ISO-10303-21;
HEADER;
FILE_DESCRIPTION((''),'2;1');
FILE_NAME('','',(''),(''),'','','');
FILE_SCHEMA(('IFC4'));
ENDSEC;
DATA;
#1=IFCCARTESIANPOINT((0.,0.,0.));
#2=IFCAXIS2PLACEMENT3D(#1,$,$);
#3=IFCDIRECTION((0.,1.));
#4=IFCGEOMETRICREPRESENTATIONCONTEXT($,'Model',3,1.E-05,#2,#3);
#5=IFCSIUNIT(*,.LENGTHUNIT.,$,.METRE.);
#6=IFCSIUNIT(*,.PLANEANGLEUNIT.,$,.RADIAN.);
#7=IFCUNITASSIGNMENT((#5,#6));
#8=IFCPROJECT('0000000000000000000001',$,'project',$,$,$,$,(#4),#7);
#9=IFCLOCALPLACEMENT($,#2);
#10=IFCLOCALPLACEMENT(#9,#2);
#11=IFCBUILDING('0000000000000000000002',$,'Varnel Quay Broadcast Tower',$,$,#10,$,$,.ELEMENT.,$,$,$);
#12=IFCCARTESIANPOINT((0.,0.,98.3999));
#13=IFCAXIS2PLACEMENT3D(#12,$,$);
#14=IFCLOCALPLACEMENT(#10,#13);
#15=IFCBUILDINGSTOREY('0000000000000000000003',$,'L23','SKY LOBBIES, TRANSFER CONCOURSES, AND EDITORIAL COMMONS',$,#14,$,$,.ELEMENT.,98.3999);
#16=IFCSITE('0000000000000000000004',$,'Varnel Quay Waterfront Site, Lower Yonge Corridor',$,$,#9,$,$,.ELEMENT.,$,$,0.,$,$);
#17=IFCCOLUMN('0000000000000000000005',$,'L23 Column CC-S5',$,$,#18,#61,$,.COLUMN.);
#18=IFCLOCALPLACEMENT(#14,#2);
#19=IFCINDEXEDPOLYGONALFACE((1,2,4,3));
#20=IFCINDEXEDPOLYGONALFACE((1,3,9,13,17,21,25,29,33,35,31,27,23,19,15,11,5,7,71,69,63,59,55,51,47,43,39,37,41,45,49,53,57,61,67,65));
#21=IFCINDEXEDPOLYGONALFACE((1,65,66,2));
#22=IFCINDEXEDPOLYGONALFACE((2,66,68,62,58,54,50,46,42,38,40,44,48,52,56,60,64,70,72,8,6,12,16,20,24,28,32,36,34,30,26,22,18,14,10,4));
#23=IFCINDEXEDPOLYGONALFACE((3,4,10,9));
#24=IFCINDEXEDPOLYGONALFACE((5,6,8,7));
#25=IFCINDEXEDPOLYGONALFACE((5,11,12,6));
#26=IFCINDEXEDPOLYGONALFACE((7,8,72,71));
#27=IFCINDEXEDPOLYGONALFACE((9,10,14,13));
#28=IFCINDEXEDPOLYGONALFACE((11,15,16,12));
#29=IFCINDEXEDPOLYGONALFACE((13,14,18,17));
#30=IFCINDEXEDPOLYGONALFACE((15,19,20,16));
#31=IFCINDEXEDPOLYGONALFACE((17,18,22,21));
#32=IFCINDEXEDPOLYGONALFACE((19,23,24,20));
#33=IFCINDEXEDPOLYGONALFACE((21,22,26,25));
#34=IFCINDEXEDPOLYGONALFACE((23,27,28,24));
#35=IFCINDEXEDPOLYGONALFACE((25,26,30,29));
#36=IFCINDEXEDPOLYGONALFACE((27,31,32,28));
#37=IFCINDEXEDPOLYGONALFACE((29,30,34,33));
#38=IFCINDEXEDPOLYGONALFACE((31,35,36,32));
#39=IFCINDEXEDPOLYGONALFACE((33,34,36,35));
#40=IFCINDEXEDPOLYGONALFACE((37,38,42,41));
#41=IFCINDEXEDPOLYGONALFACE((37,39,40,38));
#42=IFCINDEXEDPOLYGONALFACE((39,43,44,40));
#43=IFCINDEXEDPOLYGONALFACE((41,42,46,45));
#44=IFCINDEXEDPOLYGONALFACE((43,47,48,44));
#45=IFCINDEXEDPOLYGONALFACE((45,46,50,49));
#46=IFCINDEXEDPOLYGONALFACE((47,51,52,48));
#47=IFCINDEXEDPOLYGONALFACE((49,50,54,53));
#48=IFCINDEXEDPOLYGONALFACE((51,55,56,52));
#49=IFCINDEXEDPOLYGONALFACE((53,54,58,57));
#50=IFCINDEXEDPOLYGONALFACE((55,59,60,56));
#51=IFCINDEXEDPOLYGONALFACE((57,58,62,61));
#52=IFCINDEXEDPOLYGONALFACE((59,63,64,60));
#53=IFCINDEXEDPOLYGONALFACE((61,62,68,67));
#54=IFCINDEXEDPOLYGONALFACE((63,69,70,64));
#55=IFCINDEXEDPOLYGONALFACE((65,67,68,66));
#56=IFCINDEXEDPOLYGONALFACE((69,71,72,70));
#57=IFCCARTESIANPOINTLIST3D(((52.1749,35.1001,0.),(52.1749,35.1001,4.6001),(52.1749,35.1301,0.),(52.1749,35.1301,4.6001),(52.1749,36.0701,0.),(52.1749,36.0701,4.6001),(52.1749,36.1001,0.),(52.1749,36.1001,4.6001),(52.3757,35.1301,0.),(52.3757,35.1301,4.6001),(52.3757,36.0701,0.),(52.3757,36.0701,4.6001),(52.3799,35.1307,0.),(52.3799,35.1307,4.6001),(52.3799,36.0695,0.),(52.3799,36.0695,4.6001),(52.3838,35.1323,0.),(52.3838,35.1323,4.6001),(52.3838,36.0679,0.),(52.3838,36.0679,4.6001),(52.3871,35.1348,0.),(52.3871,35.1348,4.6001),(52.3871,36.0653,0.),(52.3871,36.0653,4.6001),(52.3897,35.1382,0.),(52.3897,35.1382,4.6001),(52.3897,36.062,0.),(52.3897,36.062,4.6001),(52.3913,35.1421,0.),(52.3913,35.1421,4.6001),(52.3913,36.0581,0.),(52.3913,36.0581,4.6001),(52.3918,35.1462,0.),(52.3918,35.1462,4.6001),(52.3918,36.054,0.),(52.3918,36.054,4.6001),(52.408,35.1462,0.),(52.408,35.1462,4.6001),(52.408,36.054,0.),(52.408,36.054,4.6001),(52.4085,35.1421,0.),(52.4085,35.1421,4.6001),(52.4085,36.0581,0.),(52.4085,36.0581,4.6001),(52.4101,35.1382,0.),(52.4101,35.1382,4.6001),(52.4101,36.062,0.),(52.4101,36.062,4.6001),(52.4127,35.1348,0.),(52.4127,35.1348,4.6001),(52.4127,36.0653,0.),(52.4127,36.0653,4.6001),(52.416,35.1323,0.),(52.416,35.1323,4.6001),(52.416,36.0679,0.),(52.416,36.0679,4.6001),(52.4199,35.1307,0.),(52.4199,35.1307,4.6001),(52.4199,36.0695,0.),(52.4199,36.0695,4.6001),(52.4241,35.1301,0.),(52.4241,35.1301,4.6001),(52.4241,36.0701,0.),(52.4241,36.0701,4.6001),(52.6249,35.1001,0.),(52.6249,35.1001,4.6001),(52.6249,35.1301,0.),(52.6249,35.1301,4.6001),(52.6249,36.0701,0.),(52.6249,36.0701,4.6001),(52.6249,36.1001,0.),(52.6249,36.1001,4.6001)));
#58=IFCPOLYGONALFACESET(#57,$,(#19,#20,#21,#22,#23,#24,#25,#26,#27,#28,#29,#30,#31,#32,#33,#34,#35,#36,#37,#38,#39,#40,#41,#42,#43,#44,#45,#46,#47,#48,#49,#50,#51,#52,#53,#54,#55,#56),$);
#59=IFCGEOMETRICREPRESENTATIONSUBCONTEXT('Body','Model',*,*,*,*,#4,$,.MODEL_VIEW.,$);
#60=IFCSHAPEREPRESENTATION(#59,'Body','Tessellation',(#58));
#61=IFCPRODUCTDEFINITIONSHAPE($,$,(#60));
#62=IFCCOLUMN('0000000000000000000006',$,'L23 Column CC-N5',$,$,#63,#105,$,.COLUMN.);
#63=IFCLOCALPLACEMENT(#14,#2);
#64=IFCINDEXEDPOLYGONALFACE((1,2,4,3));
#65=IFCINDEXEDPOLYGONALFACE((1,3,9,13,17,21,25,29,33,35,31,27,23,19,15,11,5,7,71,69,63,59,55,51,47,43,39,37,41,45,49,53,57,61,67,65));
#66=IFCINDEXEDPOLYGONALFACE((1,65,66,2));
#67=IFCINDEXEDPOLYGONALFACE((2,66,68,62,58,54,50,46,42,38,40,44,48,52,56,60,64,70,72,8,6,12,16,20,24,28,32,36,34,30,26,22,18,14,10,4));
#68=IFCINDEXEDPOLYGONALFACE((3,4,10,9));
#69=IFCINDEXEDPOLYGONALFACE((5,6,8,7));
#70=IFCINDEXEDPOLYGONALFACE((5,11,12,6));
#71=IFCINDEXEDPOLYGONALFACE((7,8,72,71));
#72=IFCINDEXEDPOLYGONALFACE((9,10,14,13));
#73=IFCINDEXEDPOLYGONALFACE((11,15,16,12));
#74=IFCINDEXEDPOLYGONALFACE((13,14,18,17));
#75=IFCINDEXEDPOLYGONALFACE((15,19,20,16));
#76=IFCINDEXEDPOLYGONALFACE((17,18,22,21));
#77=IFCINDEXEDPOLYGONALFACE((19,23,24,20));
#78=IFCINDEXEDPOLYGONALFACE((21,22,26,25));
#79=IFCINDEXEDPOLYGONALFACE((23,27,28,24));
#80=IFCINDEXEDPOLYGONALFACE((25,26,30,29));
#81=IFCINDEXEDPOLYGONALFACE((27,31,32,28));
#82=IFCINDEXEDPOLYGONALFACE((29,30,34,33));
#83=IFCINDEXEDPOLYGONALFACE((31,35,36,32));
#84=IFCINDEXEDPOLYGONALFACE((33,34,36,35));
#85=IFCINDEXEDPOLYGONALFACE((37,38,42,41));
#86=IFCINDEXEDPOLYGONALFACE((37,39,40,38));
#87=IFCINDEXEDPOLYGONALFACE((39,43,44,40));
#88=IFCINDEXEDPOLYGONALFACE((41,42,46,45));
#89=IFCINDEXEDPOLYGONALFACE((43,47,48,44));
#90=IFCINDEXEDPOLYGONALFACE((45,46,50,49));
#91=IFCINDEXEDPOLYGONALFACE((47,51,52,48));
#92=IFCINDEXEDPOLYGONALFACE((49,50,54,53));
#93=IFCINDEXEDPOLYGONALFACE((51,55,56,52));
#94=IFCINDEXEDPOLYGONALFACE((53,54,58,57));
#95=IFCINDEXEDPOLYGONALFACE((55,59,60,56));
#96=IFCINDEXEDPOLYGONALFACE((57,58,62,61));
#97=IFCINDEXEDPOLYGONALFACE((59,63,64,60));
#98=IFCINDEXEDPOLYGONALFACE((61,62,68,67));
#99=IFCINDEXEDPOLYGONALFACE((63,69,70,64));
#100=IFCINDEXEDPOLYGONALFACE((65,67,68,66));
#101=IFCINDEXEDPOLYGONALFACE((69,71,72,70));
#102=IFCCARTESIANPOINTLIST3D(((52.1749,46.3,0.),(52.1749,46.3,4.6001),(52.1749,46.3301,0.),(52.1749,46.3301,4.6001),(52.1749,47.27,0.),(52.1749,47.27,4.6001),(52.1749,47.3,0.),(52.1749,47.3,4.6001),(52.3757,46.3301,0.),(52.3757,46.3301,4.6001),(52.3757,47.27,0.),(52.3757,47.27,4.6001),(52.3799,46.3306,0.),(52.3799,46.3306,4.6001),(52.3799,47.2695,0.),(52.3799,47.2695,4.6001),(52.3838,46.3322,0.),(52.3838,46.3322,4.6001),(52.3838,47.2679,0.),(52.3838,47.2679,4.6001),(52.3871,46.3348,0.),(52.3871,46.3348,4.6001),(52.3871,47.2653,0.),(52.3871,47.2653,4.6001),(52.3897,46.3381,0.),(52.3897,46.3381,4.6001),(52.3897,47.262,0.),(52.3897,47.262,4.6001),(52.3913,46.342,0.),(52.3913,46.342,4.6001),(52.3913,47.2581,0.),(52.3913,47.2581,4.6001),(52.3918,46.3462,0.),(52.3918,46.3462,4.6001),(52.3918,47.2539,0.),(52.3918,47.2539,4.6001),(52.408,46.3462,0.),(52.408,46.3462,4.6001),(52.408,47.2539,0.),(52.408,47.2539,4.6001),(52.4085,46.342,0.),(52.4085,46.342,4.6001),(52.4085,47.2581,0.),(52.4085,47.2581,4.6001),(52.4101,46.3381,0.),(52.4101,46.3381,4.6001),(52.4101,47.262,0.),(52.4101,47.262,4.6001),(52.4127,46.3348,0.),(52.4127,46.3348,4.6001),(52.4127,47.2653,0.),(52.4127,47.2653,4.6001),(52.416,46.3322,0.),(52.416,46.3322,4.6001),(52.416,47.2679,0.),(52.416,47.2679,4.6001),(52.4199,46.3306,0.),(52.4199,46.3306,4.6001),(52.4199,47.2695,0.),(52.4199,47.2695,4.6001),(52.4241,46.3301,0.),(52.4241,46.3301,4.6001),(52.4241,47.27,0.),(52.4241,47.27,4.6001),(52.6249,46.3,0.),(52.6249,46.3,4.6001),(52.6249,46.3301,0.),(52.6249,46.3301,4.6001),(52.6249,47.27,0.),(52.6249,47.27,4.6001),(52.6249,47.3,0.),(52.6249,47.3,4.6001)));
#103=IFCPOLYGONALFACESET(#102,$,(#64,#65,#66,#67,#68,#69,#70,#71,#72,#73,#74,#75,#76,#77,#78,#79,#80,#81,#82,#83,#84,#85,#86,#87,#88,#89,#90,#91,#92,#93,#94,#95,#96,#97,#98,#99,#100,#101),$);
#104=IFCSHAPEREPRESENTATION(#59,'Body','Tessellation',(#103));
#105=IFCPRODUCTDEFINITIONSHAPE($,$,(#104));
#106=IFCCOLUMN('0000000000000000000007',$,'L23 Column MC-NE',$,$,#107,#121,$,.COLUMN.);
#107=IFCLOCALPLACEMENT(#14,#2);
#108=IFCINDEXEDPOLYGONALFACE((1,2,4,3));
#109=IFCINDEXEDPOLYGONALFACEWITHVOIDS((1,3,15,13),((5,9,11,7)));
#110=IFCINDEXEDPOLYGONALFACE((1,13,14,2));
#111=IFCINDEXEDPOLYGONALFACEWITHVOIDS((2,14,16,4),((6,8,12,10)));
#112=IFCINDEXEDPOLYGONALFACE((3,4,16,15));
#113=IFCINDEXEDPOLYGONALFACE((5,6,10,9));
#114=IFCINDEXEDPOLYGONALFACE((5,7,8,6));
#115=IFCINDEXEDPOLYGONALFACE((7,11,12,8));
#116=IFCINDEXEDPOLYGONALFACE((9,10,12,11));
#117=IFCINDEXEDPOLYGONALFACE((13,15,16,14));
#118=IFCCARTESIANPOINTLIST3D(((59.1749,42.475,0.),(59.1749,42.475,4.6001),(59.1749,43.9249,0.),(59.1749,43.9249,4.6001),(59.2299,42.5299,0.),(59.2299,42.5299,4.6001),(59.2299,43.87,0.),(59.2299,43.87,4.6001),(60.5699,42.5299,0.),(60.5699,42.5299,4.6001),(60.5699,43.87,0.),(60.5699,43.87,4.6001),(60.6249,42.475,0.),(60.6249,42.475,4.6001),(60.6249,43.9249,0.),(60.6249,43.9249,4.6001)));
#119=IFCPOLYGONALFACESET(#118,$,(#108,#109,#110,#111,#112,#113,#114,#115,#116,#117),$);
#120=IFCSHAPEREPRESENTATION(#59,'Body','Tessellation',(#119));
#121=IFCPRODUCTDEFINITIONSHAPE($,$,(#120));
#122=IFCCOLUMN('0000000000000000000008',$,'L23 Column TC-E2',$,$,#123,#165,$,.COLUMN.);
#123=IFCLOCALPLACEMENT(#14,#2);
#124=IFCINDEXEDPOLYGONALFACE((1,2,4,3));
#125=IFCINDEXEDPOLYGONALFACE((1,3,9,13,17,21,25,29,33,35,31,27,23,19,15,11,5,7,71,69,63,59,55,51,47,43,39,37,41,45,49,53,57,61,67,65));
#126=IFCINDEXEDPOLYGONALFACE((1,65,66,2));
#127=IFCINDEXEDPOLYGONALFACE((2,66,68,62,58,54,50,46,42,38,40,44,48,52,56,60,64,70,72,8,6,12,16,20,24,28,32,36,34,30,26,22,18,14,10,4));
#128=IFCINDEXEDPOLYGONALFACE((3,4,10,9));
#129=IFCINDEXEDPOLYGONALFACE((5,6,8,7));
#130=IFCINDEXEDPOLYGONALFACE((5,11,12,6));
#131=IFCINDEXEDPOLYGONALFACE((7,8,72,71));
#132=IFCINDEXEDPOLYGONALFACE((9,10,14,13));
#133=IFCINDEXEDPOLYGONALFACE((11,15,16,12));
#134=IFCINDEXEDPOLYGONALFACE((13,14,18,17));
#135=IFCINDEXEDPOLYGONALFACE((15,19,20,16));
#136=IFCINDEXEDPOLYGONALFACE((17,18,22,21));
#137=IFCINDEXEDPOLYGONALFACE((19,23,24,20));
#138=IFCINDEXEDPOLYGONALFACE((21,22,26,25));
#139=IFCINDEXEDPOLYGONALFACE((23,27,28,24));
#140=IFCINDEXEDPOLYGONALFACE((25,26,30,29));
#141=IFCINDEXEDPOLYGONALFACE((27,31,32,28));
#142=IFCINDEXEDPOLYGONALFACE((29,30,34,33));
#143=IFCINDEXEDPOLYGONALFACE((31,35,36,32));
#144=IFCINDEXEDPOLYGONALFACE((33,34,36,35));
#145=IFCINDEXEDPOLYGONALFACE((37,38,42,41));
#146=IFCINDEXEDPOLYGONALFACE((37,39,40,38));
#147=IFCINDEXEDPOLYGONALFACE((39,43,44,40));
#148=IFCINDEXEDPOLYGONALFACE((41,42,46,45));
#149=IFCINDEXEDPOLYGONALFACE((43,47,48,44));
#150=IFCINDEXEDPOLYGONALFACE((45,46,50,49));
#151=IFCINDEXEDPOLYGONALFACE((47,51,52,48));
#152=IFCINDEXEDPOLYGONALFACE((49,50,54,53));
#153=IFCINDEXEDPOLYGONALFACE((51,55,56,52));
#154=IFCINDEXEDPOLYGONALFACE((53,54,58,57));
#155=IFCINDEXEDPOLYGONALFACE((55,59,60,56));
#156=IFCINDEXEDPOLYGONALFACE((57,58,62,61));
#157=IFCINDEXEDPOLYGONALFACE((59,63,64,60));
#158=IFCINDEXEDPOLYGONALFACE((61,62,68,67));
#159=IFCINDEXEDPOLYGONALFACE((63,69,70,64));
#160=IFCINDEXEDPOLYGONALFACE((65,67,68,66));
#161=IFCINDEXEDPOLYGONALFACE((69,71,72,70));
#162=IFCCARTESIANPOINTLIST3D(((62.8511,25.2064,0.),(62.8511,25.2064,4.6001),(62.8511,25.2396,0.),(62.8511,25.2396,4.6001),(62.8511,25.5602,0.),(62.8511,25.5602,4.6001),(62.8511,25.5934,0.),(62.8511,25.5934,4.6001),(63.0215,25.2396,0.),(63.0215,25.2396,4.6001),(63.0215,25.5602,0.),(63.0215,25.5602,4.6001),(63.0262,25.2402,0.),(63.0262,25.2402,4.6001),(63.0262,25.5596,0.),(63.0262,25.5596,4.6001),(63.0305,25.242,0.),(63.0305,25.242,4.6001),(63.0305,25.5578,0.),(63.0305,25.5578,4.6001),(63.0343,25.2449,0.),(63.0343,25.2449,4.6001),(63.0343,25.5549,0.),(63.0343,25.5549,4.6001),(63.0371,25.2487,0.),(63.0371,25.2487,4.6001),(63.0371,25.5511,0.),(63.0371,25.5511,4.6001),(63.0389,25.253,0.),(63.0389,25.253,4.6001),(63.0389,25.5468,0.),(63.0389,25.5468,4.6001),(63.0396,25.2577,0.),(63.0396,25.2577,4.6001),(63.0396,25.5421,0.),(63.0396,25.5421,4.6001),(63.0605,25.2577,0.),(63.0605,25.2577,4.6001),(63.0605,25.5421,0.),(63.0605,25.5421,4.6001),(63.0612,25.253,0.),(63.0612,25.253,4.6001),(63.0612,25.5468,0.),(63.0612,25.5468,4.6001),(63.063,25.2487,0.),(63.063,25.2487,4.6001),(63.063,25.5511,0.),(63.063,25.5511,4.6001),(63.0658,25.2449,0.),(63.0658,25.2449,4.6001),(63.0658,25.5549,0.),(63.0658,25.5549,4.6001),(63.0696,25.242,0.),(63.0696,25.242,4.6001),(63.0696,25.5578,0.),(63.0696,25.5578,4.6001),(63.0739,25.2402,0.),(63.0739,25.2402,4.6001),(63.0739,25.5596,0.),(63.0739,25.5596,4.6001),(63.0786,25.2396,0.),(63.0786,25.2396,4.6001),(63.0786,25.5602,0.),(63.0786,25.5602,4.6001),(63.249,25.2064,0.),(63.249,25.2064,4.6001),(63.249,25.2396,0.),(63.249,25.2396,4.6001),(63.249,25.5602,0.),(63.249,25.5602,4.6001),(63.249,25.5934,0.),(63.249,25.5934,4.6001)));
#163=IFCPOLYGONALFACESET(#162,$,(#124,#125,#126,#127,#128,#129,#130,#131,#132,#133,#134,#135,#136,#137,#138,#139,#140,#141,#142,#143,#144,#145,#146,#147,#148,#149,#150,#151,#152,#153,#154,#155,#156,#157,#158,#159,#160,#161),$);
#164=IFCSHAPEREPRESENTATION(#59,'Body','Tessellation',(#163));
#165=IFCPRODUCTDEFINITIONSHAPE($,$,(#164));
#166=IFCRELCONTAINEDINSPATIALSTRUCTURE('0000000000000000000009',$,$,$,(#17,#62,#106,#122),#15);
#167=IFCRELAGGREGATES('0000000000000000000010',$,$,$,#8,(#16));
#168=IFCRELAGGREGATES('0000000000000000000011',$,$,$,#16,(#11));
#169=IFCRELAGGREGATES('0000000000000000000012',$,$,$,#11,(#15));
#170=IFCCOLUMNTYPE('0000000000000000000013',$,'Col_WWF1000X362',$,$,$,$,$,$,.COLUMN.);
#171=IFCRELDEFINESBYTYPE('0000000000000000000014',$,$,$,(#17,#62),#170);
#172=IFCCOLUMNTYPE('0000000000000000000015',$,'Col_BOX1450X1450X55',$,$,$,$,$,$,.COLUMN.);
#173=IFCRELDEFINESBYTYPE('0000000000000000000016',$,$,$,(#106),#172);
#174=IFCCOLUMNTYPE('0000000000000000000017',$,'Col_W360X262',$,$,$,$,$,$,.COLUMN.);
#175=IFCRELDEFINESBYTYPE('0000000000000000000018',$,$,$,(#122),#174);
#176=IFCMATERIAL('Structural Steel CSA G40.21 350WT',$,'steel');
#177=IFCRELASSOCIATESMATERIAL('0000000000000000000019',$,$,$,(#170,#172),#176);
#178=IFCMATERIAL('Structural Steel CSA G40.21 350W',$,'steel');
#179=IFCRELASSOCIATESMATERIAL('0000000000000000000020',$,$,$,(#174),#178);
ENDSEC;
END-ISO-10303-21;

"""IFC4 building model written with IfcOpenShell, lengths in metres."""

from ifc_helpers import new_model, si_unit, direction, frame, origin, origin_2d, place, context, subcontext, project, spatial, hollow_rectangle, i_section, extrude, source, transform, mapped, material, material_profile, profile_set, type_object, type_shapes, element, save


model = new_model("IFC4")

# Units and contexts
model_context = context("Model", 3, precision=1e-05, world=origin(), true_north=direction((0.0, 1.0)))
body_context = subcontext(model_context, "Body", "Model", "MODEL_VIEW")
ifc_project = project(units=[si_unit("LENGTHUNIT", "METRE"), si_unit("PLANEANGLEUNIT", "RADIAN")], contexts=[model_context])

# Site, building, storey
site_placement = place(None, origin())
site = spatial("IfcSite", under=ifc_project, at=site_placement, Name="Varnel Quay Waterfront Site, Lower Yonge Corridor", CompositionType="ELEMENT", RefElevation=0.0)
building_placement = place(site_placement, origin())
building = spatial("IfcBuilding", under=site, at=building_placement, Name="Varnel Quay Broadcast Tower", CompositionType="ELEMENT")
storey_placement = place(building_placement, frame((0.0, 0.0, 98.3999)))
storey = spatial("IfcBuildingStorey", under=building, at=storey_placement, Name="L23", Description="SKY LOBBIES, TRANSFER CONCOURSES, AND EDITORIAL COMMONS", CompositionType="ELEMENT", Elevation=98.3999)

# Columns
ifc_material_1 = material(Name="Structural Steel CSA G40.21 350WT", Category="steel")
ifc_material_profile_1 = material_profile(ifc_material_1, i_section(OverallWidth=0.45, OverallDepth=1.0, WebThickness=0.0161, FlangeThickness=0.03, FilletRadius=0.0161, at=origin_2d()), Name="WWF1000X362")
ifc_profile_set_1 = profile_set([ifc_material_profile_1], Name="Structural Steel CSA G40.21 350WT")
column_type_1 = type_object("IfcColumnType", Name="Col_WWF1000X362", PredefinedType="COLUMN", material=ifc_profile_set_1)
shared_shape_1 = source(origin(), body_context, "Body", "SweptSolid", [
    extrude(i_section(OverallWidth=0.45, OverallDepth=1.0, WebThickness=0.0161, FlangeThickness=0.03, FilletRadius=0.0161, at=origin_2d()), origin(), (0.0, 0.0, 1.0), 4.6001),
])
type_shapes(column_type_1, [shared_shape_1])
for number, where, z_axis, x_axis, name in (
    (1, (52.3999, 35.6001, 0.0), (0.0, 0.0, 1.0), (1.0, 0.0, 0.0), "L23 Column CC-S5"),
    (2, (52.3999, 46.8, 0.0), (0.0, 0.0, 1.0), (1.0, 0.0, 0.0), "L23 Column CC-N5"),
):
    element("IfcColumn", number, at=place(storey_placement, frame(where, z_axis=z_axis, x_axis=x_axis)), inside=storey, type_object=column_type_1, Name=name, PredefinedType="COLUMN", context=body_context, shape_type="MappedRepresentation", body=[
        mapped(shared_shape_1, transform((0.0, 0.0, 0.0), x_axis=(1.0, 0.0, 0.0), y_axis=(0.0, 1.0, 0.0), z_axis=(0.0, 0.0, 1.0), scale=1.0)),
    ])
ifc_material_profile_2 = material_profile(ifc_material_1, hollow_rectangle(XDim=1.45, YDim=1.45, WallThickness=0.0549, at=origin_2d()), Name="BOX1450X1450X55")
ifc_profile_set_2 = profile_set([ifc_material_profile_2], Name="Structural Steel CSA G40.21 350WT")
column_type_2 = type_object("IfcColumnType", Name="Col_BOX1450X1450X55", PredefinedType="COLUMN", material=ifc_profile_set_2)
shared_shape_2 = source(origin(), body_context, "Body", "SweptSolid", [
    extrude(hollow_rectangle(XDim=1.45, YDim=1.45, WallThickness=0.0549, at=origin_2d()), origin(), (0.0, 0.0, 1.0), 4.6001),
])
type_shapes(column_type_2, [shared_shape_2])
column_placement = place(storey_placement, frame((59.8999, 43.2, 0.0), z_axis=(0.0, 0.0, 1.0), x_axis=(1.0, 0.0, 0.0)))
element("IfcColumn", 3, at=column_placement, inside=storey, type_object=column_type_2, Name="L23 Column MC-NE", PredefinedType="COLUMN", context=body_context, shape_type="MappedRepresentation", body=[
    mapped(shared_shape_2, transform((0.0, 0.0, 0.0), x_axis=(1.0, 0.0, 0.0), y_axis=(0.0, 1.0, 0.0), z_axis=(0.0, 0.0, 1.0), scale=1.0)),
])
ifc_material_2 = material(Name="Structural Steel CSA G40.21 350W", Category="steel")
ifc_material_profile_3 = material_profile(ifc_material_2, i_section(OverallWidth=0.3979, OverallDepth=0.387, WebThickness=0.021, FlangeThickness=0.0332, FilletRadius=0.0181, at=origin_2d()), Name="W360X262")
ifc_profile_set_3 = profile_set([ifc_material_profile_3], Name="Structural Steel CSA G40.21 350W")
column_type_3 = type_object("IfcColumnType", Name="Col_W360X262", PredefinedType="COLUMN", material=ifc_profile_set_3)
shared_shape_3 = source(origin(), body_context, "Body", "SweptSolid", [
    extrude(i_section(OverallWidth=0.3979, OverallDepth=0.387, WebThickness=0.021, FlangeThickness=0.0332, FilletRadius=0.0181, at=origin_2d()), origin(), (0.0, 0.0, 1.0), 4.6001),
])
type_shapes(column_type_3, [shared_shape_3])
for number, where, z_axis, x_axis, name in (
    (4, (63.05, 25.3999, 0.0), (0.0, 0.0, 1.0), (1.0, 0.0, 0.0), "L23 Column TC-E2"),
):
    element("IfcColumn", number, at=place(storey_placement, frame(where, z_axis=z_axis, x_axis=x_axis)), inside=storey, type_object=column_type_3, Name=name, PredefinedType="COLUMN", context=body_context, shape_type="MappedRepresentation", body=[
        mapped(shared_shape_3, transform((0.0, 0.0, 0.0), x_axis=(1.0, 0.0, 0.0), y_axis=(0.0, 1.0, 0.0), z_axis=(0.0, 0.0, 1.0), scale=1.0)),
    ])

save(model, "model.ifc")
